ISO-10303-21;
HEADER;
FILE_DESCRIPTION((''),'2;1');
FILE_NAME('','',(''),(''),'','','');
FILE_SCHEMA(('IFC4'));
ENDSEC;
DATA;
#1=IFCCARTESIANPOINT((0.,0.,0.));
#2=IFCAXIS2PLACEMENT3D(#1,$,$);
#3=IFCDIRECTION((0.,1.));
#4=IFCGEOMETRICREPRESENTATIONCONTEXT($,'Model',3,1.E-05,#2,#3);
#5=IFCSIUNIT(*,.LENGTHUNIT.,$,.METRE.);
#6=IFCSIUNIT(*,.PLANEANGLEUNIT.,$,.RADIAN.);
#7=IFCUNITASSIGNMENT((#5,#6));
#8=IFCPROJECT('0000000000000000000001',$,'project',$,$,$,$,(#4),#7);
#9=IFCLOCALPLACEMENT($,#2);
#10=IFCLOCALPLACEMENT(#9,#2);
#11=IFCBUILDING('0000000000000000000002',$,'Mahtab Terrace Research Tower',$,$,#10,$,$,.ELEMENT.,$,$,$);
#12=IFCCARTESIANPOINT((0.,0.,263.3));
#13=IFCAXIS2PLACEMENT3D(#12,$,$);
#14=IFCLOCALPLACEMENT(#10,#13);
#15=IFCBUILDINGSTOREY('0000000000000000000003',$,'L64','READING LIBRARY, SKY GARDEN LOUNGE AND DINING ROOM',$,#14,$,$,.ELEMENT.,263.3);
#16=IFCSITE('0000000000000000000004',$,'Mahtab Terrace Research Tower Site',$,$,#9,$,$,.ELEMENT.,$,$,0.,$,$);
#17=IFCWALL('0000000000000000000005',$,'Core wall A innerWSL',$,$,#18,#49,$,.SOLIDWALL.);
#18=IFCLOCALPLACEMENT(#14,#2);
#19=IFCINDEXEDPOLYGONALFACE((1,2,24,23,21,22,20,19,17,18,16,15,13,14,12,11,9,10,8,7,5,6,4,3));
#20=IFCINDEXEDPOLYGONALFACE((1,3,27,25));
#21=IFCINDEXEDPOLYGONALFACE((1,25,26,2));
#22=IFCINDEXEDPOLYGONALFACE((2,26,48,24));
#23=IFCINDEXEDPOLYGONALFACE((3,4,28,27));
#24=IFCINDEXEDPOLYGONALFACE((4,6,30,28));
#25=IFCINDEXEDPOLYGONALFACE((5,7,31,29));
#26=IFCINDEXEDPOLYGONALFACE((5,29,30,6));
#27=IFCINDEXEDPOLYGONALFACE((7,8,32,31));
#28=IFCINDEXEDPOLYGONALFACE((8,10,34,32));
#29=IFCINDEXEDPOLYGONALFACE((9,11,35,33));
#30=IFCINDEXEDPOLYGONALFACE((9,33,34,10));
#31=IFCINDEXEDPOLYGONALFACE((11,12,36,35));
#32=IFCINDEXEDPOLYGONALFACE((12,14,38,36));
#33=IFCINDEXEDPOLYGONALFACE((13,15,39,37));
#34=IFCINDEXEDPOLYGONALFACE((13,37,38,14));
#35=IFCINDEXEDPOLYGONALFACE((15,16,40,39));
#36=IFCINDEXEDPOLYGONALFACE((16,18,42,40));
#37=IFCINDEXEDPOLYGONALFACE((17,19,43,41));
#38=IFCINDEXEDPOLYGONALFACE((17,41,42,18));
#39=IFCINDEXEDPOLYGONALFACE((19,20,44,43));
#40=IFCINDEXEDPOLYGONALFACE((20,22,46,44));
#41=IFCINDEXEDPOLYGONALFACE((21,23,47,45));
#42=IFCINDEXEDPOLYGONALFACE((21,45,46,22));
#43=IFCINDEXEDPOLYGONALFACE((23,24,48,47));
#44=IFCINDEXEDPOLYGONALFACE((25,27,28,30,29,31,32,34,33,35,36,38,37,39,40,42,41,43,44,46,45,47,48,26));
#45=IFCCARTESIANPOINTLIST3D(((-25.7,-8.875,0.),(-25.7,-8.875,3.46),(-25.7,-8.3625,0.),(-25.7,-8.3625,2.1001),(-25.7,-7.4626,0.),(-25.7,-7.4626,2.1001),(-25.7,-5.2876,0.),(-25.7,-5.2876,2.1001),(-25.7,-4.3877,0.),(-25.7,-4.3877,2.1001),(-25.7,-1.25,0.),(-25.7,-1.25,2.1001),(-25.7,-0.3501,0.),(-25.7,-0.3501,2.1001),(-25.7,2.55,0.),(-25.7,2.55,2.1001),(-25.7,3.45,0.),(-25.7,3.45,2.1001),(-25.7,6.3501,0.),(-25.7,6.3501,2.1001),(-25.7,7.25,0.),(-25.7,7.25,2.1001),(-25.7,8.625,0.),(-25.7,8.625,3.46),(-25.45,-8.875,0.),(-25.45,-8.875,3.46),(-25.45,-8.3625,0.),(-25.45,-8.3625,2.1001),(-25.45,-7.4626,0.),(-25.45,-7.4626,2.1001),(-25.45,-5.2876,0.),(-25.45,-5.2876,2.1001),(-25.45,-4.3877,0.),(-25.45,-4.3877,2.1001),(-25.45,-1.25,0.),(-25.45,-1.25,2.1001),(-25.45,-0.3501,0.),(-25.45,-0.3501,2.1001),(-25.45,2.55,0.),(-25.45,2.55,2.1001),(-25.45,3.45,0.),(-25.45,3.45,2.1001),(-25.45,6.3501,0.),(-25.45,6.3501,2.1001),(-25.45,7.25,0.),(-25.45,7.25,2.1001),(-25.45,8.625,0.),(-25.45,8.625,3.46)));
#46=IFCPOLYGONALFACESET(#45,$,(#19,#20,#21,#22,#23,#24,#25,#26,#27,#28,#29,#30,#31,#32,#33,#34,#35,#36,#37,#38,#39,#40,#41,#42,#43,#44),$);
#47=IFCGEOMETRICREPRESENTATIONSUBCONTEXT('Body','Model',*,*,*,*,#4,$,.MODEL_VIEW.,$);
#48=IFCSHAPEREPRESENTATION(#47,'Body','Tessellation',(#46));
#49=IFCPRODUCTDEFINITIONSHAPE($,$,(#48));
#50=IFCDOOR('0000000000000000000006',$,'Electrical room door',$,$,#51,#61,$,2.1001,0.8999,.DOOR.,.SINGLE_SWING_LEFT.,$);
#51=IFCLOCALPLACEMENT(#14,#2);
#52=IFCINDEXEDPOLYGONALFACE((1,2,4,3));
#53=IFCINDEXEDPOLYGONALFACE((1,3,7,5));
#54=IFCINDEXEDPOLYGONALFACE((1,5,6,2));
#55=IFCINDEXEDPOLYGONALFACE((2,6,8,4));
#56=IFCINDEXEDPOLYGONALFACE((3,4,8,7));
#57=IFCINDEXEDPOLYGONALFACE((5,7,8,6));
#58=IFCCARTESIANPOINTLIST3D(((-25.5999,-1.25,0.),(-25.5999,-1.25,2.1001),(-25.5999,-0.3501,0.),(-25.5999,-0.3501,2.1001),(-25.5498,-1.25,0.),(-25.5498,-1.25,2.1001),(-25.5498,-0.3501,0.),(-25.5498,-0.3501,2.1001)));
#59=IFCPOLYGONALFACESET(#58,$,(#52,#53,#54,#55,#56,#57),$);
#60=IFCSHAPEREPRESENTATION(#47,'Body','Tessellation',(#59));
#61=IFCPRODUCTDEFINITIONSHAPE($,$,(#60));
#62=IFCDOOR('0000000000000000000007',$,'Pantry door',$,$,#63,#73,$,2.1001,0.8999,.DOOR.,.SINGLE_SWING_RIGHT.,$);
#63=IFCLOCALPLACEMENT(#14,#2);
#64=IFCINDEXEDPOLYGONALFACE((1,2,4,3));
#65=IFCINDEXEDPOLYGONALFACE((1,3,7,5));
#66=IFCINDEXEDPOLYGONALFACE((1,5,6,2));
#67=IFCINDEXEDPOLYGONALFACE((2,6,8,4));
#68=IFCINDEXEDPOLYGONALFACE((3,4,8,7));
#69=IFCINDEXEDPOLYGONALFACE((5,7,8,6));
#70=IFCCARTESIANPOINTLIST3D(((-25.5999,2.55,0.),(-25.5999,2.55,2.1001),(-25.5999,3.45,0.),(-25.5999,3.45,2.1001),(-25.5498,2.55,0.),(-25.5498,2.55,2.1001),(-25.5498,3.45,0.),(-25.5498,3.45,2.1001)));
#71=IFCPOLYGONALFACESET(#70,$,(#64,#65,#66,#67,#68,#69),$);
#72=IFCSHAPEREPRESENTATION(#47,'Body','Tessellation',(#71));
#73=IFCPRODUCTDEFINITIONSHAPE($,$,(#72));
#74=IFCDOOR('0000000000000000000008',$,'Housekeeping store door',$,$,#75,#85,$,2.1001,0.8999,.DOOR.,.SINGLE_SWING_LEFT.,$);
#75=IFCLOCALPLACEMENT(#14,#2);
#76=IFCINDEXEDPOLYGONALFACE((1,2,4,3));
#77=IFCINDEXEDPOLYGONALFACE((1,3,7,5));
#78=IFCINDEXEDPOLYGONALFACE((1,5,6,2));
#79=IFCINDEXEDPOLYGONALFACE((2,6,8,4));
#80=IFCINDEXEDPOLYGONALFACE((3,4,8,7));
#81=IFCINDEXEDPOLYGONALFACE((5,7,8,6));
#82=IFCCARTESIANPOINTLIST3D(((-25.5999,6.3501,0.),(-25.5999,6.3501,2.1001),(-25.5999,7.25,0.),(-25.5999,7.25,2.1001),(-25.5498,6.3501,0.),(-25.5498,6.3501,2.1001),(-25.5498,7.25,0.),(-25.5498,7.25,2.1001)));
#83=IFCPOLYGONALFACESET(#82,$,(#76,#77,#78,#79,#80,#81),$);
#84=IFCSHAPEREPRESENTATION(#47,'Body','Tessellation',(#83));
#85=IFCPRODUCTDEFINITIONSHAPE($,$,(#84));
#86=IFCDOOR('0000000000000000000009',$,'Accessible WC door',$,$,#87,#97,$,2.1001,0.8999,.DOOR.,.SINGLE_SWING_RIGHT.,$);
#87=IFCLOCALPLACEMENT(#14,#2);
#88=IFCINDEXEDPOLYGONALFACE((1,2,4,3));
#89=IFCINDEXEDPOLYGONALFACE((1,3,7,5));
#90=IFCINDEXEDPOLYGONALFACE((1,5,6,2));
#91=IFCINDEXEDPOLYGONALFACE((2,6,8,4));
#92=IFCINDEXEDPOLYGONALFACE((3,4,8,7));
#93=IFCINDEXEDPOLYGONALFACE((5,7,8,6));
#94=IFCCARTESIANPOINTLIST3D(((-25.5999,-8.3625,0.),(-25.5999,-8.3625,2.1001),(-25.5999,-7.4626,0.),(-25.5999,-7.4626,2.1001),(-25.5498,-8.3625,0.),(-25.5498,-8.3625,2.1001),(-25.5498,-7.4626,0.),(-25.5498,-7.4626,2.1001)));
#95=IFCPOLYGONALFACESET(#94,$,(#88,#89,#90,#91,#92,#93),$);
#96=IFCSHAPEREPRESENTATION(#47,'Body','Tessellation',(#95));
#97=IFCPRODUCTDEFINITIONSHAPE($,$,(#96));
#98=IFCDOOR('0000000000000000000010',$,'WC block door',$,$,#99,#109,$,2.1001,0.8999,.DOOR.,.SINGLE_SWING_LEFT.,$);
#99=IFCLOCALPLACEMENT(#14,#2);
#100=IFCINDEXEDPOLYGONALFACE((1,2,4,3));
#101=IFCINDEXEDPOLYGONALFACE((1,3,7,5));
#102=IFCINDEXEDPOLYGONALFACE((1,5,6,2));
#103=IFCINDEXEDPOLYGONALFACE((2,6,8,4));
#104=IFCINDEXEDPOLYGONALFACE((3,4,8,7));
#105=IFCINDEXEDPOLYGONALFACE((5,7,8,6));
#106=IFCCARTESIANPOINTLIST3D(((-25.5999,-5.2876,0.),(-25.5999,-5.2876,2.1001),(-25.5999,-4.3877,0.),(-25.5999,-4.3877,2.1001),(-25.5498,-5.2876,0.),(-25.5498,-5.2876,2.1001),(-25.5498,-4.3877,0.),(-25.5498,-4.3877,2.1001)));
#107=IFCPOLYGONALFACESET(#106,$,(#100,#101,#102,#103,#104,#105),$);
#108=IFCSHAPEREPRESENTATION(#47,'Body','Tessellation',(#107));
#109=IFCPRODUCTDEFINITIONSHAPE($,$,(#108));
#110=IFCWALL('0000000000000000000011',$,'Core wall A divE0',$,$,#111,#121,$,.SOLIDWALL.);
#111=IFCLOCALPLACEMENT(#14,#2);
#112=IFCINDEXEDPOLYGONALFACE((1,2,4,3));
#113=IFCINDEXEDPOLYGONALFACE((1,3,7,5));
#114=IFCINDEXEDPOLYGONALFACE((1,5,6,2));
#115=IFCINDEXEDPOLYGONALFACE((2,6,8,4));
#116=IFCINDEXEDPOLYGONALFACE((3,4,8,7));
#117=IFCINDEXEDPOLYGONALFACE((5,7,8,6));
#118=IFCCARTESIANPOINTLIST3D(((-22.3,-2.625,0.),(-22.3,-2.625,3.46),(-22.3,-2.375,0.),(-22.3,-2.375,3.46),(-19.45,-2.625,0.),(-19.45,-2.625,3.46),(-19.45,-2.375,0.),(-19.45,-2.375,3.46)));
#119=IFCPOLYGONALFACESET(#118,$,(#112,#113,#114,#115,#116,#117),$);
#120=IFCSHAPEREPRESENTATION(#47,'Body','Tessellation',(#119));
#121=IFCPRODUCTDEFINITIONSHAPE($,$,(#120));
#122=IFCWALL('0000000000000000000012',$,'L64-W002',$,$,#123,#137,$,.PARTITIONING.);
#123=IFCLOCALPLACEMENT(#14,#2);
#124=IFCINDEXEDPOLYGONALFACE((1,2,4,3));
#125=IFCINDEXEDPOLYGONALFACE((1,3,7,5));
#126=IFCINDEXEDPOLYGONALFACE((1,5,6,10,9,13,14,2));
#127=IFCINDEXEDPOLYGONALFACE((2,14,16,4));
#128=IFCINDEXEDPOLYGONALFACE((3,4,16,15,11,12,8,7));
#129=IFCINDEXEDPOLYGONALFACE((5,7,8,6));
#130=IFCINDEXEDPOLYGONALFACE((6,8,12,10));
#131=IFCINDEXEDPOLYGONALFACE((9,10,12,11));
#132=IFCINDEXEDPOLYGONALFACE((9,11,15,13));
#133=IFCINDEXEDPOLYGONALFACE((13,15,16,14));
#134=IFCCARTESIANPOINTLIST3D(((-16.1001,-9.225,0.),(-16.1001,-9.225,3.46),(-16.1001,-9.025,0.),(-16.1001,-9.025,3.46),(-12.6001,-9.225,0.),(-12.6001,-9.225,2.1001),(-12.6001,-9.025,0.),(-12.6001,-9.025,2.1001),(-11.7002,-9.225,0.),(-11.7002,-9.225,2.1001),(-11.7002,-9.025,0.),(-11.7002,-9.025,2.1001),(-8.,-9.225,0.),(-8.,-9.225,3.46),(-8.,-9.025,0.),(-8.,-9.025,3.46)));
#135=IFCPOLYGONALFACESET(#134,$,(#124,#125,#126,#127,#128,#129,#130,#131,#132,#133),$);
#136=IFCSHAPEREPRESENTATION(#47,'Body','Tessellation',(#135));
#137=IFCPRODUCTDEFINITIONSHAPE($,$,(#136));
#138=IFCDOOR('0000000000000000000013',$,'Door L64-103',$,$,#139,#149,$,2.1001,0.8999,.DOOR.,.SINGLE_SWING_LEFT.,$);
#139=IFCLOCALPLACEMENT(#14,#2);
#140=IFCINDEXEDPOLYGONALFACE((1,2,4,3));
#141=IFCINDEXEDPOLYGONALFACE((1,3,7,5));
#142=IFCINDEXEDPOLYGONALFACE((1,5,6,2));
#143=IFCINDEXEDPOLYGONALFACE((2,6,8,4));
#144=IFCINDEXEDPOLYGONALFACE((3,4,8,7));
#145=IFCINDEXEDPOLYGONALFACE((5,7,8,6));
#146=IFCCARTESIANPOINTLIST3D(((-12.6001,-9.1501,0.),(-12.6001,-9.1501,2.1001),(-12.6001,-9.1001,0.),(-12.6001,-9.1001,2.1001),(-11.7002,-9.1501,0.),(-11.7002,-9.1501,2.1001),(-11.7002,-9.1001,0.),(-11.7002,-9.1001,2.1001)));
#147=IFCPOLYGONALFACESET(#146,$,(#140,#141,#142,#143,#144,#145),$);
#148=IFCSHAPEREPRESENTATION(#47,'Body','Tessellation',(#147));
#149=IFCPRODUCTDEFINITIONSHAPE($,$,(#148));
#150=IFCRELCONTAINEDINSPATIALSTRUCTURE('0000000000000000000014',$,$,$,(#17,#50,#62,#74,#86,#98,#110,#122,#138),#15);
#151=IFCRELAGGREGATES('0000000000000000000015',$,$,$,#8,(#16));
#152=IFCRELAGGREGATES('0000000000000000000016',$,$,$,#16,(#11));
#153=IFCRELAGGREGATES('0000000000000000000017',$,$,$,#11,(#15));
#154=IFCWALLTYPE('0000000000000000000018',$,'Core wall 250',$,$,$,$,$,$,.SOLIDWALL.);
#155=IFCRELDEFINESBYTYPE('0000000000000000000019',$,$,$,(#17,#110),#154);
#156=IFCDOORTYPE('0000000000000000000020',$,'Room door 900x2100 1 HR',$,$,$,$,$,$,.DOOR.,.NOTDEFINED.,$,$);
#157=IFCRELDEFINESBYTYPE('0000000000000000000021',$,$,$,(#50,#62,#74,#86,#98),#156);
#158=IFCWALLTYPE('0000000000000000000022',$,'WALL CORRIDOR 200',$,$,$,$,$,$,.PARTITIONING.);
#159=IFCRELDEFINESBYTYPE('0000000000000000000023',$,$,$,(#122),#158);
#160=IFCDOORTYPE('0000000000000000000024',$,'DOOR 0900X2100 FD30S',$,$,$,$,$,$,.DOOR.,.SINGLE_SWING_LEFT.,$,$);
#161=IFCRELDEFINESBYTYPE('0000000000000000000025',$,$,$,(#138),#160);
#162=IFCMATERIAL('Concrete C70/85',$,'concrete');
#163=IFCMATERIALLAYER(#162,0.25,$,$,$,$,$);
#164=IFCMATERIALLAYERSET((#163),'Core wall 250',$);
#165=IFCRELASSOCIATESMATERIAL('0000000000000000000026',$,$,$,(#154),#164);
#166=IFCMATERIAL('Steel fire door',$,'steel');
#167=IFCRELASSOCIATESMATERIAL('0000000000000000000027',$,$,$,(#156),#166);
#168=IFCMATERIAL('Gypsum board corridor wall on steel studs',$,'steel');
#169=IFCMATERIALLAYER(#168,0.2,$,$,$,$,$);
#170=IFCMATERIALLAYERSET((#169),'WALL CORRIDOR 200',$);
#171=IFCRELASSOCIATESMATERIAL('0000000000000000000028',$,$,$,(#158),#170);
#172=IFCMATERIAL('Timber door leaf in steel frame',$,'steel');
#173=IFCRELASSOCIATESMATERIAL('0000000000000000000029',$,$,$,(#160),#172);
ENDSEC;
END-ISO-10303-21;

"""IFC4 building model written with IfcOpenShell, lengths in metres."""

from ifc_helpers import new_model, si_unit, direction, frame, frame_2d, origin, place, context, subcontext, project, spatial, rectangle, extrude, material, layer, layer_set, type_object, element, fill, save


model = new_model("IFC4")

# Units and contexts
model_context = context("Model", 3, precision=1e-05, world=origin(), true_north=direction((0.0, 1.0)))
body_context = subcontext(model_context, "Body", "Model", "MODEL_VIEW")
ifc_project = project(units=[si_unit("LENGTHUNIT", "METRE"), si_unit("PLANEANGLEUNIT", "RADIAN")], contexts=[model_context])

# Site, building, storey
site_placement = place(None, origin())
site = spatial("IfcSite", under=ifc_project, at=site_placement, Name="Mahtab Terrace Research Tower Site", CompositionType="ELEMENT", RefElevation=0.0)
building_placement = place(site_placement, origin())
building = spatial("IfcBuilding", under=site, at=building_placement, Name="Mahtab Terrace Research Tower", CompositionType="ELEMENT")
storey_placement = place(building_placement, frame((0.0, 0.0, 263.3)))
storey = spatial("IfcBuildingStorey", under=building, at=storey_placement, Name="L64", Description="READING LIBRARY, SKY GARDEN LOUNGE AND DINING ROOM", CompositionType="ELEMENT", Elevation=263.3)

# Shared definitions
ifc_material_1 = material(Name="Concrete C70/85", Category="concrete")

# Shared definitions
ifc_layer_1 = layer(ifc_material_1, 0.25)
ifc_layer_set_1 = layer_set([ifc_layer_1], Name="Core wall 250")
wall_type_1 = type_object("IfcWallType", Name="Core wall 250", PredefinedType="SOLIDWALL", material=ifc_layer_set_1)

# Shared definitions
ifc_material_2 = material(Name="Steel fire door", Category="steel")

# Wall, openings, doors
wall_1_placement = place(storey_placement, frame((-25.575, -8.875, 0.0), z_axis=(0.0, 0.0, 1.0), x_axis=(0.0, 1.0, 0.0)))
wall_1 = element("IfcWall", 1, at=wall_1_placement, inside=storey, type_object=wall_type_1, Name="Core wall A innerWSL", PredefinedType="SOLIDWALL", context=body_context, shape_type="SweptSolid", body=[
    extrude(rectangle(XDim=17.5, YDim=0.25, at=frame_2d((8.75, 0.0))), origin(), (0.0, 0.0, 1.0), 3.46),
])
opening_1_placement = place(wall_1_placement, frame((7.625, 0.0, 0.0)))
opening_1 = element("IfcOpeningElement", 2, at=opening_1_placement, cuts=wall_1, PredefinedType="OPENING", context=body_context, shape_type="SweptSolid", body=[
    extrude(rectangle(XDim=0.8999, YDim=2.1001, at=frame_2d((0.45, 1.05))), frame((0.0, 0.135, 0.0), z_axis=(0.0, -1.0, 0.0), x_axis=(1.0, 0.0, 0.0)), (0.0, 0.0, 1.0), 0.27),
])
opening_2_placement = place(wall_1_placement, frame((11.425, 0.0, 0.0)))
opening_2 = element("IfcOpeningElement", 3, at=opening_2_placement, cuts=wall_1, PredefinedType="OPENING", context=body_context, shape_type="SweptSolid", body=[
    extrude(rectangle(XDim=0.8999, YDim=2.1001, at=frame_2d((0.45, 1.05))), frame((0.0, 0.135, 0.0), z_axis=(0.0, -1.0, 0.0), x_axis=(1.0, 0.0, 0.0)), (0.0, 0.0, 1.0), 0.27),
])
opening_3_placement = place(wall_1_placement, frame((15.2251, 0.0, 0.0)))
opening_3 = element("IfcOpeningElement", 4, at=opening_3_placement, cuts=wall_1, PredefinedType="OPENING", context=body_context, shape_type="SweptSolid", body=[
    extrude(rectangle(XDim=0.8999, YDim=2.1001, at=frame_2d((0.45, 1.05))), frame((0.0, 0.135, 0.0), z_axis=(0.0, -1.0, 0.0), x_axis=(1.0, 0.0, 0.0)), (0.0, 0.0, 1.0), 0.27),
])
opening_4_placement = place(wall_1_placement, frame((0.5125, 0.0, 0.0)))
opening_4 = element("IfcOpeningElement", 5, at=opening_4_placement, cuts=wall_1, PredefinedType="OPENING", context=body_context, shape_type="SweptSolid", body=[
    extrude(rectangle(XDim=0.8999, YDim=2.1001, at=frame_2d((0.45, 1.05))), frame((0.0, 0.135, 0.0), z_axis=(0.0, -1.0, 0.0), x_axis=(1.0, 0.0, 0.0)), (0.0, 0.0, 1.0), 0.27),
])
opening_5_placement = place(wall_1_placement, frame((3.5874, 0.0, 0.0)))
opening_5 = element("IfcOpeningElement", 6, at=opening_5_placement, cuts=wall_1, PredefinedType="OPENING", context=body_context, shape_type="SweptSolid", body=[
    extrude(rectangle(XDim=0.8999, YDim=2.1001, at=frame_2d((0.45, 1.05))), frame((0.0, 0.135, 0.0), z_axis=(0.0, -1.0, 0.0), x_axis=(1.0, 0.0, 0.0)), (0.0, 0.0, 1.0), 0.27),
])
door_type_1 = type_object("IfcDoorType", Name="Room door 900x2100 1 HR", OperationType="NOTDEFINED", PredefinedType="DOOR", material=ifc_material_2)
door_1_placement = place(opening_1_placement, origin())
door_1 = element("IfcDoor", 7, at=door_1_placement, inside=storey, type_object=door_type_1, Name="Electrical room door", OperationType="SINGLE_SWING_LEFT", OverallHeight=2.1001, OverallWidth=0.8999, PredefinedType="DOOR", context=body_context, shape_type="SweptSolid", body=[
    extrude(rectangle(XDim=0.8999, YDim=2.1001, at=frame_2d((0.45, 1.05))), frame((0.0, 0.0249, 0.0), z_axis=(0.0, -1.0, 0.0), x_axis=(1.0, 0.0, 0.0)), (0.0, 0.0, 1.0), 0.05),
])
fill(opening_1, door_1)
door_2_placement = place(opening_2_placement, origin())
door_2 = element("IfcDoor", 8, at=door_2_placement, inside=storey, type_object=door_type_1, Name="Pantry door", OperationType="SINGLE_SWING_RIGHT", OverallHeight=2.1001, OverallWidth=0.8999, PredefinedType="DOOR", context=body_context, shape_type="SweptSolid", body=[
    extrude(rectangle(XDim=0.8999, YDim=2.1001, at=frame_2d((0.45, 1.05))), frame((0.0, 0.0249, 0.0), z_axis=(0.0, -1.0, 0.0), x_axis=(1.0, 0.0, 0.0)), (0.0, 0.0, 1.0), 0.05),
])
fill(opening_2, door_2)
door_3_placement = place(opening_3_placement, origin())
door_3 = element("IfcDoor", 9, at=door_3_placement, inside=storey, type_object=door_type_1, Name="Housekeeping store door", OperationType="SINGLE_SWING_LEFT", OverallHeight=2.1001, OverallWidth=0.8999, PredefinedType="DOOR", context=body_context, shape_type="SweptSolid", body=[
    extrude(rectangle(XDim=0.8999, YDim=2.1001, at=frame_2d((0.45, 1.05))), frame((0.0, 0.0249, 0.0), z_axis=(0.0, -1.0, 0.0), x_axis=(1.0, 0.0, 0.0)), (0.0, 0.0, 1.0), 0.05),
])
fill(opening_3, door_3)
door_4_placement = place(opening_4_placement, origin())
door_4 = element("IfcDoor", 10, at=door_4_placement, inside=storey, type_object=door_type_1, Name="Accessible WC door", OperationType="SINGLE_SWING_RIGHT", OverallHeight=2.1001, OverallWidth=0.8999, PredefinedType="DOOR", context=body_context, shape_type="SweptSolid", body=[
    extrude(rectangle(XDim=0.8999, YDim=2.1001, at=frame_2d((0.45, 1.05))), frame((0.0, 0.0249, 0.0), z_axis=(0.0, -1.0, 0.0), x_axis=(1.0, 0.0, 0.0)), (0.0, 0.0, 1.0), 0.05),
])
fill(opening_4, door_4)
door_5_placement = place(opening_5_placement, origin())
door_5 = element("IfcDoor", 11, at=door_5_placement, inside=storey, type_object=door_type_1, Name="WC block door", OperationType="SINGLE_SWING_LEFT", OverallHeight=2.1001, OverallWidth=0.8999, PredefinedType="DOOR", context=body_context, shape_type="SweptSolid", body=[
    extrude(rectangle(XDim=0.8999, YDim=2.1001, at=frame_2d((0.45, 1.05))), frame((0.0, 0.0249, 0.0), z_axis=(0.0, -1.0, 0.0), x_axis=(1.0, 0.0, 0.0)), (0.0, 0.0, 1.0), 0.05),
])
fill(opening_5, door_5)

# Wall
wall_2_placement = place(storey_placement, frame((-22.3, -2.5, 0.0), z_axis=(0.0, 0.0, 1.0), x_axis=(1.0, 0.0, 0.0)))
element("IfcWall", 12, at=wall_2_placement, inside=storey, type_object=wall_type_1, Name="Core wall A divE0", PredefinedType="SOLIDWALL", context=body_context, shape_type="SweptSolid", body=[
    extrude(rectangle(XDim=2.8501, YDim=0.25, at=frame_2d((1.425, 0.0))), origin(), (0.0, 0.0, 1.0), 3.46),
])

# Wall, opening, door
ifc_material_3 = material(Name="Gypsum board corridor wall on steel studs", Category="steel")
ifc_layer_2 = layer(ifc_material_3, 0.2)
ifc_layer_set_2 = layer_set([ifc_layer_2], Name="WALL CORRIDOR 200")
wall_type_2 = type_object("IfcWallType", Name="WALL CORRIDOR 200", PredefinedType="PARTITIONING", material=ifc_layer_set_2)
wall_3_placement = place(storey_placement, frame((-16.1001, -9.125, 0.0), z_axis=(0.0, 0.0, 1.0), x_axis=(1.0, 0.0, 0.0)))
wall_3 = element("IfcWall", 13, at=wall_3_placement, inside=storey, type_object=wall_type_2, Name="L64-W002", PredefinedType="PARTITIONING", context=body_context, shape_type="SweptSolid", body=[
    extrude(rectangle(XDim=8.1001, YDim=0.2, at=frame_2d((4.05, 0.0))), origin(), (0.0, 0.0, 1.0), 3.46),
])
opening_6_placement = place(wall_3_placement, frame((3.5, 0.0, 0.0)))
opening_6 = element("IfcOpeningElement", 14, at=opening_6_placement, cuts=wall_3, PredefinedType="OPENING", context=body_context, shape_type="SweptSolid", body=[
    extrude(rectangle(XDim=0.8999, YDim=2.1001, at=frame_2d((0.45, 1.05))), frame((0.0, 0.1099, 0.0), z_axis=(0.0, -1.0, 0.0), x_axis=(1.0, 0.0, 0.0)), (0.0, 0.0, 1.0), 0.22),
])
ifc_material_4 = material(Name="Timber door leaf in steel frame", Category="steel")
door_type_2 = type_object("IfcDoorType", Name="DOOR 0900X2100 FD30S", OperationType="SINGLE_SWING_LEFT", PredefinedType="DOOR", material=ifc_material_4)
door_6_placement = place(opening_6_placement, origin())
door_6 = element("IfcDoor", 15, at=door_6_placement, inside=storey, type_object=door_type_2, Name="Door L64-103", OperationType="SINGLE_SWING_LEFT", OverallHeight=2.1001, OverallWidth=0.8999, PredefinedType="DOOR", context=body_context, shape_type="SweptSolid", body=[
    extrude(rectangle(XDim=0.8999, YDim=2.1001, at=frame_2d((0.45, 1.05))), frame((0.0, 0.0249, 0.0), z_axis=(0.0, -1.0, 0.0), x_axis=(1.0, 0.0, 0.0)), (0.0, 0.0, 1.0), 0.05),
])
fill(opening_6, door_6)

save(model, "model.ifc")
